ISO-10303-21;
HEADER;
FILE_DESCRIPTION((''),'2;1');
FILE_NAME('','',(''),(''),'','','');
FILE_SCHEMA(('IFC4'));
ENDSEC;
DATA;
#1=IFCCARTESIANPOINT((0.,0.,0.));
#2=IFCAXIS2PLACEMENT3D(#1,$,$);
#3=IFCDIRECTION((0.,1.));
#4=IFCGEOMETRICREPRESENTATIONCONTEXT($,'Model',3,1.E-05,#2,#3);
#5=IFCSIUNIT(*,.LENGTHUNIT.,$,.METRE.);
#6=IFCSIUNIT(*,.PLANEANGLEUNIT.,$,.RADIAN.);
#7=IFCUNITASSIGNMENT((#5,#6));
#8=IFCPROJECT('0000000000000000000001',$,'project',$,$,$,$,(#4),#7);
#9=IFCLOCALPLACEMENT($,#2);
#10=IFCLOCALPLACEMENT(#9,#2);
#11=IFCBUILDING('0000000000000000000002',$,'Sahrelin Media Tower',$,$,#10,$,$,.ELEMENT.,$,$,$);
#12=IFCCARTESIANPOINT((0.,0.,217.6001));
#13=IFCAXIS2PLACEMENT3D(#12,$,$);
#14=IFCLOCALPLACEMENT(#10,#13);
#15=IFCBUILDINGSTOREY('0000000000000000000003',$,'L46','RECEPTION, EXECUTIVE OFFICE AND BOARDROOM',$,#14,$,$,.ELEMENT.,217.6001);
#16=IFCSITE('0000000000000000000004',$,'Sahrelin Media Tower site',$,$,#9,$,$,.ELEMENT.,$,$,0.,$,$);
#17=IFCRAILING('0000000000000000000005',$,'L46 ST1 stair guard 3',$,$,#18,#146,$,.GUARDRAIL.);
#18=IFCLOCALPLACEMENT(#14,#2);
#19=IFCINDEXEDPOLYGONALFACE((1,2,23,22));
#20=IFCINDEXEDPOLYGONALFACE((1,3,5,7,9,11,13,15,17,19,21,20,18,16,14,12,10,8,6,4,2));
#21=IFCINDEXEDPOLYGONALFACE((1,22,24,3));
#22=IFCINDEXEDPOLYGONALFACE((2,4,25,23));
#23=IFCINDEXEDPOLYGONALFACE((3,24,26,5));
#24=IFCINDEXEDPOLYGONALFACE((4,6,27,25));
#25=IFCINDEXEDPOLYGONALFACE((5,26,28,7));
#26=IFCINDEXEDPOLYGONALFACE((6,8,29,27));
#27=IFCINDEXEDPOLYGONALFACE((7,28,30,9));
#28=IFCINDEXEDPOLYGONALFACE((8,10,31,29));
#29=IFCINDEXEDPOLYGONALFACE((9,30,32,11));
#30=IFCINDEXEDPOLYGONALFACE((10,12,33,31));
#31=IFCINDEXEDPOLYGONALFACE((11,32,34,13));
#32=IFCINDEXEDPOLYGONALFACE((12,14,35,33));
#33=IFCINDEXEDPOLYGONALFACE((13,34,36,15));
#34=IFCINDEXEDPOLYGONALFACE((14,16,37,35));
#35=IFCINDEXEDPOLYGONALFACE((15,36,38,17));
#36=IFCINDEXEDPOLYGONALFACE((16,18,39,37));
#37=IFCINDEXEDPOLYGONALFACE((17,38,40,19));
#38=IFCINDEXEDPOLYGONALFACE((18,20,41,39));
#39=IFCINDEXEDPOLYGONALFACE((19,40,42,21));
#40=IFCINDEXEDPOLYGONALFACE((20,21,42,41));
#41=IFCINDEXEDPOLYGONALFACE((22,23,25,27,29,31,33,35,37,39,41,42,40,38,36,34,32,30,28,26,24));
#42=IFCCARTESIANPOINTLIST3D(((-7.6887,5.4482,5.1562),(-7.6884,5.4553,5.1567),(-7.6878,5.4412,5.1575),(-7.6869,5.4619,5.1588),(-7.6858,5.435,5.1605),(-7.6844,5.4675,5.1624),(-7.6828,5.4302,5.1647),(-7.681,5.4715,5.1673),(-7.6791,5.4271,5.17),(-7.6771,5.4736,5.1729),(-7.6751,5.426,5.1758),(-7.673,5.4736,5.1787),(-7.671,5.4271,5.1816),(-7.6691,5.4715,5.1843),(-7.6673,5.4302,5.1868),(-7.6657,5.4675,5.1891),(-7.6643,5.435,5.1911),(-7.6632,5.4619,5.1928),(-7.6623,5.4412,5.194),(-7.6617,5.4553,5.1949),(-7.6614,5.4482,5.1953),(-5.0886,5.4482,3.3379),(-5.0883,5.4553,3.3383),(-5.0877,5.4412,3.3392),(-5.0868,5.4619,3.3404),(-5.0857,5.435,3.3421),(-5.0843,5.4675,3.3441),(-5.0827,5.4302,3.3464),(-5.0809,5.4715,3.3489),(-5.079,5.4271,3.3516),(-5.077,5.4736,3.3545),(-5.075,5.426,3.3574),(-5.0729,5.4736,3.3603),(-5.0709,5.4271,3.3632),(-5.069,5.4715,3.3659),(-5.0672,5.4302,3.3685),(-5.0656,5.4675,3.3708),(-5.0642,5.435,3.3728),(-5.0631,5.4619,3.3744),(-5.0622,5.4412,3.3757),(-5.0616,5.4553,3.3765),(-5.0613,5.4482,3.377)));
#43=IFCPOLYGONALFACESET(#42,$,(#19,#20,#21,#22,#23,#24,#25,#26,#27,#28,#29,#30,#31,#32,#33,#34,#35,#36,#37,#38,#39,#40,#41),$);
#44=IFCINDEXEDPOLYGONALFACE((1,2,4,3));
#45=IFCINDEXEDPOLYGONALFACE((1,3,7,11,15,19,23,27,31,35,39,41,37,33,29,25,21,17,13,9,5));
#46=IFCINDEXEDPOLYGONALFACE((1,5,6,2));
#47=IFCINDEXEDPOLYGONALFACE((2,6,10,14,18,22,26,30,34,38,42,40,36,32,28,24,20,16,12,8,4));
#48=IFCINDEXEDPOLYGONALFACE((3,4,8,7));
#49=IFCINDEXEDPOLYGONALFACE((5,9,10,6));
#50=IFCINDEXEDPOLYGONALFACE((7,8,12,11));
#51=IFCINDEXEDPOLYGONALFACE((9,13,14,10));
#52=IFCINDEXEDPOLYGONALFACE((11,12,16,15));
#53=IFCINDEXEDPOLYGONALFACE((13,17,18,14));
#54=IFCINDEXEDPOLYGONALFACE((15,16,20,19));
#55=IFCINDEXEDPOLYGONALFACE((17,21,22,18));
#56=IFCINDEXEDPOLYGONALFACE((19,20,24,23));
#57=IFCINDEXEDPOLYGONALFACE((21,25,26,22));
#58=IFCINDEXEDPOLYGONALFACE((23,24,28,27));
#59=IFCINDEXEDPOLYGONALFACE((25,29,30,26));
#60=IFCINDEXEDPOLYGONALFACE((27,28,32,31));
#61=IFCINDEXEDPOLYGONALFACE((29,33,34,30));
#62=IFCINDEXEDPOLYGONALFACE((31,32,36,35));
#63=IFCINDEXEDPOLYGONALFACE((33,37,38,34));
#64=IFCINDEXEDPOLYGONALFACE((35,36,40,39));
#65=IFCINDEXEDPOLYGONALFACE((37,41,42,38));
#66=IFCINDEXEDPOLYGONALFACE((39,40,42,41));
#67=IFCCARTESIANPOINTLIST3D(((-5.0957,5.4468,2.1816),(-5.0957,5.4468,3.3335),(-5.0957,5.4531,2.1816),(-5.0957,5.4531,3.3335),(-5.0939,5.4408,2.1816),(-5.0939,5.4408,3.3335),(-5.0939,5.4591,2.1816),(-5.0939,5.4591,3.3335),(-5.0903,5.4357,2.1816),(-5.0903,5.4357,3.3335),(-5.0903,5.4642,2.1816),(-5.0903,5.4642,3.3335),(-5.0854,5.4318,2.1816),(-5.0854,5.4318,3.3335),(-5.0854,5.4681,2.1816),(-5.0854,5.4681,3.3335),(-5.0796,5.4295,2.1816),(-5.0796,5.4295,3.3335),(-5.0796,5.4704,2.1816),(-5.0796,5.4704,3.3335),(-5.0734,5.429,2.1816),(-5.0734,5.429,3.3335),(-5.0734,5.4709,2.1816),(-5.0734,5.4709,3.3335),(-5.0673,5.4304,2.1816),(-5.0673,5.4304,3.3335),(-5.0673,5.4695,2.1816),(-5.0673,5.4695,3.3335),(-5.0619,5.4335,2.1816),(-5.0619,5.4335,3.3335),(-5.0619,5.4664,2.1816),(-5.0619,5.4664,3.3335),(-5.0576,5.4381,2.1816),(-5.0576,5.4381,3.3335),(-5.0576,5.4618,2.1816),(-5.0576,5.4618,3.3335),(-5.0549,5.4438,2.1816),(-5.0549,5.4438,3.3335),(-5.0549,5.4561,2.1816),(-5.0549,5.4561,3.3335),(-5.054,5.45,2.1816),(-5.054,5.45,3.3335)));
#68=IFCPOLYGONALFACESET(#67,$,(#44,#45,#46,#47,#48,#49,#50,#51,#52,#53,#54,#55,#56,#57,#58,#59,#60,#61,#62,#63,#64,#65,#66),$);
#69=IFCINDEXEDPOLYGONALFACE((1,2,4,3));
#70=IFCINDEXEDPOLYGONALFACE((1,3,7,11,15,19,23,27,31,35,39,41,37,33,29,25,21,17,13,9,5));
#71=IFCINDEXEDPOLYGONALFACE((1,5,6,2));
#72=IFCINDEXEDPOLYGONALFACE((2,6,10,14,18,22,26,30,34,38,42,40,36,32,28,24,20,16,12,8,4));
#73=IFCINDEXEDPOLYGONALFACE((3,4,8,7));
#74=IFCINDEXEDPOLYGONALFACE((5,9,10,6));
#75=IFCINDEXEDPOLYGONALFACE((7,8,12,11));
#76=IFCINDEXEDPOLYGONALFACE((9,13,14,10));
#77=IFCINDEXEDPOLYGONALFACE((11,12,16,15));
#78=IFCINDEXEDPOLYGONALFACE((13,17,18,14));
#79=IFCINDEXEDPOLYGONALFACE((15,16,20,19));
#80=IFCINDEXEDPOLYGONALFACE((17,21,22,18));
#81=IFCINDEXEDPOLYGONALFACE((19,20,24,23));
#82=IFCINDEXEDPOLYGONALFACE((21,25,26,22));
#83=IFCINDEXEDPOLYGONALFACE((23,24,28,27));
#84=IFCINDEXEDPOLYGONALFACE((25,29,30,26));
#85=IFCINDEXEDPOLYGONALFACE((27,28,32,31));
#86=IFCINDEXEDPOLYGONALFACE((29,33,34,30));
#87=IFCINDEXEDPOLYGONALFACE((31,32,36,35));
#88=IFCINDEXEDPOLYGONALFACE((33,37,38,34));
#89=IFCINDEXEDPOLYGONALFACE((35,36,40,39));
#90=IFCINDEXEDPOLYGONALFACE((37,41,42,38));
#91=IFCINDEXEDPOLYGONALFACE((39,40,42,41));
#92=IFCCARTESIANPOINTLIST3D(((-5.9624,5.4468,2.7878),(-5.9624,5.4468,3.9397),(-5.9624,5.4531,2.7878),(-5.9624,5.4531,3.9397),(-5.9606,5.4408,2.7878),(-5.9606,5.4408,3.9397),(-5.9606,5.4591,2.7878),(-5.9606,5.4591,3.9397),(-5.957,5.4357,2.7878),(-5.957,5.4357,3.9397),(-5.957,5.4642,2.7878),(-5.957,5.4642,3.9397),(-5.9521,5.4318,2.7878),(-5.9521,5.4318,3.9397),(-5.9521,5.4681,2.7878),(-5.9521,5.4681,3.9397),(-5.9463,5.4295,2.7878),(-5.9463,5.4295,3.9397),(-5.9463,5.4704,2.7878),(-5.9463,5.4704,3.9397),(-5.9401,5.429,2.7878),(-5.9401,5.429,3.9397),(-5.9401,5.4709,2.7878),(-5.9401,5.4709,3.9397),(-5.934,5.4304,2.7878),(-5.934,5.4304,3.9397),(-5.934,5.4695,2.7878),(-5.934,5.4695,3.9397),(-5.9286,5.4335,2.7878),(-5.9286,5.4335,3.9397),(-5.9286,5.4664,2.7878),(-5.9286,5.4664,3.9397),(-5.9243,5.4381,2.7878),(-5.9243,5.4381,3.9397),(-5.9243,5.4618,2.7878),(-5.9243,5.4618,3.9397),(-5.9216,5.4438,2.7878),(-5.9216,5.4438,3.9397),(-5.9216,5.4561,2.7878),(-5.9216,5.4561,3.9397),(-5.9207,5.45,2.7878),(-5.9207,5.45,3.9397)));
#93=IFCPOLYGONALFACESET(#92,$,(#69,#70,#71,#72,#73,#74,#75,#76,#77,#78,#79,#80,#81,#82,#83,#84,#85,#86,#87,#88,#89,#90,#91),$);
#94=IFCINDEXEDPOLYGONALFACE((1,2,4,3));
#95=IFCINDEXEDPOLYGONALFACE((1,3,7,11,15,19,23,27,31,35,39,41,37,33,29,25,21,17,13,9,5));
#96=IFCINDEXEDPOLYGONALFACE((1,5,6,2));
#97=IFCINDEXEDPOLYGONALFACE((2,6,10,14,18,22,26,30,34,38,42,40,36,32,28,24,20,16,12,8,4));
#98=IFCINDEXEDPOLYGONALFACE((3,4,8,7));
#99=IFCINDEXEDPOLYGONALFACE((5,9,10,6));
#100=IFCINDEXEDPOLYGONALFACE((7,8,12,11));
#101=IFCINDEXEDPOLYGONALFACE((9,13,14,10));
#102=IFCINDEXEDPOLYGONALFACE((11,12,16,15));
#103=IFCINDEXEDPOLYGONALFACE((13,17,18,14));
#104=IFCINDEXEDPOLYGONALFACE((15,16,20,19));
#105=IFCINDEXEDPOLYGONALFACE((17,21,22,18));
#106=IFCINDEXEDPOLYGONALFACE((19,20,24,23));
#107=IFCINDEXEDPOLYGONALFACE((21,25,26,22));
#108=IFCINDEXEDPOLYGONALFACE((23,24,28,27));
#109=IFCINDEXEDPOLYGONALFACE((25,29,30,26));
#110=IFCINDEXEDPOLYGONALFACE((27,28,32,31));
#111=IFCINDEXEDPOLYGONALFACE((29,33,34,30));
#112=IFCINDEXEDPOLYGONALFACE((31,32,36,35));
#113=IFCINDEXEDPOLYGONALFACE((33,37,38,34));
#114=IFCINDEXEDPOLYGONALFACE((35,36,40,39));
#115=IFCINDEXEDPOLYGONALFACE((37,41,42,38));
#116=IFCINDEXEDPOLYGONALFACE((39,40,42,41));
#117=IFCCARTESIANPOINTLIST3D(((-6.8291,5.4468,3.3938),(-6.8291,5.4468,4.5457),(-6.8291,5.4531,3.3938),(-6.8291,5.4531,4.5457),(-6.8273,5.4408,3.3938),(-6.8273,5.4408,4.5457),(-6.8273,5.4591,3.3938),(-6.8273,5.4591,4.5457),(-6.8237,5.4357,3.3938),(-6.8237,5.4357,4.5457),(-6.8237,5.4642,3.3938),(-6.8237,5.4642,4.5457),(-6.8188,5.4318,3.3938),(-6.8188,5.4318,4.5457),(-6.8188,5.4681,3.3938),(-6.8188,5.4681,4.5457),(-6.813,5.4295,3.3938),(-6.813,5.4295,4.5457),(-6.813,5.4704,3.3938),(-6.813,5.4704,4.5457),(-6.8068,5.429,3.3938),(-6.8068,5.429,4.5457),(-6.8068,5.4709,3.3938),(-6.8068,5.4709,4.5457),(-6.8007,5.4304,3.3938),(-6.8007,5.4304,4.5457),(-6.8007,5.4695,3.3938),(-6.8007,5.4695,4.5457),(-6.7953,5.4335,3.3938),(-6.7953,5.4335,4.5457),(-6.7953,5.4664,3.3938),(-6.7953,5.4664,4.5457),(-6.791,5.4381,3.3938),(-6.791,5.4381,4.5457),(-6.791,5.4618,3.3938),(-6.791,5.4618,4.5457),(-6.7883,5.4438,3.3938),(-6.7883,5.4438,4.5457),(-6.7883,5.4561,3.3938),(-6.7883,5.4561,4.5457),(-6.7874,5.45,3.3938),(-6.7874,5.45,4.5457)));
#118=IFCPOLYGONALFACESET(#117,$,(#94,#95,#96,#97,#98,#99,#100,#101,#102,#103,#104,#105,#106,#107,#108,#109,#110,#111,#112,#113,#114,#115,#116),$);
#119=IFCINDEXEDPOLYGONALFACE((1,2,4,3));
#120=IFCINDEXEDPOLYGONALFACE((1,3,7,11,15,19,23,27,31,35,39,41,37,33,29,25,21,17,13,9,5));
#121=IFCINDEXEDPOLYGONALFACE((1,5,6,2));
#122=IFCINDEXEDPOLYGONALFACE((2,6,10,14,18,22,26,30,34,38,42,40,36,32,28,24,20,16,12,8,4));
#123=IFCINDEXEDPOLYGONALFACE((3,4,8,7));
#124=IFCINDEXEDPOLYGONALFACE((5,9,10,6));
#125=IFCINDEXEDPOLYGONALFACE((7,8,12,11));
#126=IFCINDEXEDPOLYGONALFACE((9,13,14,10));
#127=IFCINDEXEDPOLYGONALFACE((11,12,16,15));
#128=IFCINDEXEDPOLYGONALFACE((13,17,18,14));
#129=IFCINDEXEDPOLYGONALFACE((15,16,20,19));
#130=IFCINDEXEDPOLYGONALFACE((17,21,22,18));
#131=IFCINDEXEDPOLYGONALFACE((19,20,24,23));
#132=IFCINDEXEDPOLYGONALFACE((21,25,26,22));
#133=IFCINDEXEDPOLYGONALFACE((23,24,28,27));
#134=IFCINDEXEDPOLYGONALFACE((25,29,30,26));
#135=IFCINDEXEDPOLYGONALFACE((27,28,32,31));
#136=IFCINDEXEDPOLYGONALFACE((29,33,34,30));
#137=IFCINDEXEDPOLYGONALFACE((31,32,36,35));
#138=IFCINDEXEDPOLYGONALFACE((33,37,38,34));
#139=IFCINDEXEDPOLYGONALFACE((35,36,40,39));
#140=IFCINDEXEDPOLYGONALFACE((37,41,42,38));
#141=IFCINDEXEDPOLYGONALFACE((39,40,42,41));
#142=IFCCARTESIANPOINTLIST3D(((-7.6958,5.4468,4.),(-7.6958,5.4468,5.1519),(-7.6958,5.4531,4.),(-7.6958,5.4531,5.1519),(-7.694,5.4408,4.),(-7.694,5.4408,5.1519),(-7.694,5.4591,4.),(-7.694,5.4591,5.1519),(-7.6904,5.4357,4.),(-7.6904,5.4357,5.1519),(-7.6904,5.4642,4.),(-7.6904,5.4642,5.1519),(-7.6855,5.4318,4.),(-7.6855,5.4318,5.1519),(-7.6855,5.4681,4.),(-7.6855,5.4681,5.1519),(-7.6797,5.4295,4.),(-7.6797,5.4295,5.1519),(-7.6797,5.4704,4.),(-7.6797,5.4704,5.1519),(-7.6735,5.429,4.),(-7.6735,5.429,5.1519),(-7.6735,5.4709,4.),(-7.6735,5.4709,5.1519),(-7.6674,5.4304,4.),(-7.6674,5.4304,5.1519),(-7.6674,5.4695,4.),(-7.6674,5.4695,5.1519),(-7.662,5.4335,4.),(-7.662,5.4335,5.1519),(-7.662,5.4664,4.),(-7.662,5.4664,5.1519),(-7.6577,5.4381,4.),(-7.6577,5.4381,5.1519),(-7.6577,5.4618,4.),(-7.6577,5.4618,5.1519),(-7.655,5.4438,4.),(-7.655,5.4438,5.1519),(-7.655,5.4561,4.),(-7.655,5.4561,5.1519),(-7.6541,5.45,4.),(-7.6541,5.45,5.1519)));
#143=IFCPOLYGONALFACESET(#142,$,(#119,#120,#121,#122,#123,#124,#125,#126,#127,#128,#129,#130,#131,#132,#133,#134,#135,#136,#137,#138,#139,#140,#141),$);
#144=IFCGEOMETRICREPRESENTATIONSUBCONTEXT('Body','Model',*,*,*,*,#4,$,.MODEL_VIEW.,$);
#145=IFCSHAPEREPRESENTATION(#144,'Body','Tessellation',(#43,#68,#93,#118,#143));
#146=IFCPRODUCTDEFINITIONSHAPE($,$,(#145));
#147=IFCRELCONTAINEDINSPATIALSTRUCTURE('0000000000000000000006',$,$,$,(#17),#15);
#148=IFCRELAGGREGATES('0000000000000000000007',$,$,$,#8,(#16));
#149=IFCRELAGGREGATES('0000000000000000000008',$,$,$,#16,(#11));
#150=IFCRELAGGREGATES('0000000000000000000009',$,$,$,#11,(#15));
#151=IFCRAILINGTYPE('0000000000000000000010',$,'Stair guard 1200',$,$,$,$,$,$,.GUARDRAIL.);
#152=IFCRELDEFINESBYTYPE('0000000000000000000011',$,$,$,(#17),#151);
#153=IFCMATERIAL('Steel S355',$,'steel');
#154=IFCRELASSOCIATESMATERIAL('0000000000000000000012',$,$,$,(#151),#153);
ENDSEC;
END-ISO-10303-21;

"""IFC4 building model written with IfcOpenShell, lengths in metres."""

from ifc_helpers import new_model, si_unit, direction, frame, origin, origin_2d, place, context, subcontext, project, spatial, circle, extrude, material, type_object, element, save


model = new_model("IFC4")

# Units and contexts
model_context = context("Model", 3, precision=1e-05, world=origin(), true_north=direction((0.0, 1.0)))
body_context = subcontext(model_context, "Body", "Model", "MODEL_VIEW")
ifc_project = project(units=[si_unit("LENGTHUNIT", "METRE"), si_unit("PLANEANGLEUNIT", "RADIAN")], contexts=[model_context])

# Site, building, storey
site_placement = place(None, origin())
site = spatial("IfcSite", under=ifc_project, at=site_placement, Name="Sahrelin Media Tower site", CompositionType="ELEMENT", RefElevation=0.0)
building_placement = place(site_placement, origin())
building = spatial("IfcBuilding", under=site, at=building_placement, Name="Sahrelin Media Tower", CompositionType="ELEMENT")
storey_placement = place(building_placement, frame((0.0, 0.0, 217.6001)))
storey = spatial("IfcBuildingStorey", under=building, at=storey_placement, Name="L46", Description="RECEPTION, EXECUTIVE OFFICE AND BOARDROOM", CompositionType="ELEMENT", Elevation=217.6001)

# Shared definitions
ifc_material_1 = material(Name="Steel S355", Category="steel")

# Railing
railing_type_1 = type_object("IfcRailingType", Name="Stair guard 1200", PredefinedType="GUARDRAIL", material=ifc_material_1)
railing_1_placement = place(storey_placement, frame((-5.075, 5.45, 2.1816)))
element("IfcRailing", 1, at=railing_1_placement, inside=storey, type_object=railing_type_1, Name="L46 ST1 stair guard 3", PredefinedType="GUARDRAIL", context=body_context, shape_type="SweptSolid", body=[
    extrude(circle(Radius=0.0239, at=origin_2d()), frame((0.0, 0.0, 1.1758), z_axis=(-0.819485, 0.0, 0.573101), x_axis=(0.0, -1.0, 0.0)), (0.0, 0.0, 1.0), 3.1729),
    extrude(circle(Radius=0.021, at=origin_2d()), origin(), (0.0, 0.0, 1.0), 1.1519),
    extrude(circle(Radius=0.021, at=origin_2d()), frame((-0.8667, 0.0, 0.6062)), (0.0, 0.0, 1.0), 1.1519),
    extrude(circle(Radius=0.021, at=origin_2d()), frame((-1.7334, 0.0, 1.2122)), (0.0, 0.0, 1.0), 1.1519),
    extrude(circle(Radius=0.021, at=origin_2d()), frame((-2.6001, 0.0, 1.8184)), (0.0, 0.0, 1.0), 1.1519),
])

save(model, "model.ifc")
